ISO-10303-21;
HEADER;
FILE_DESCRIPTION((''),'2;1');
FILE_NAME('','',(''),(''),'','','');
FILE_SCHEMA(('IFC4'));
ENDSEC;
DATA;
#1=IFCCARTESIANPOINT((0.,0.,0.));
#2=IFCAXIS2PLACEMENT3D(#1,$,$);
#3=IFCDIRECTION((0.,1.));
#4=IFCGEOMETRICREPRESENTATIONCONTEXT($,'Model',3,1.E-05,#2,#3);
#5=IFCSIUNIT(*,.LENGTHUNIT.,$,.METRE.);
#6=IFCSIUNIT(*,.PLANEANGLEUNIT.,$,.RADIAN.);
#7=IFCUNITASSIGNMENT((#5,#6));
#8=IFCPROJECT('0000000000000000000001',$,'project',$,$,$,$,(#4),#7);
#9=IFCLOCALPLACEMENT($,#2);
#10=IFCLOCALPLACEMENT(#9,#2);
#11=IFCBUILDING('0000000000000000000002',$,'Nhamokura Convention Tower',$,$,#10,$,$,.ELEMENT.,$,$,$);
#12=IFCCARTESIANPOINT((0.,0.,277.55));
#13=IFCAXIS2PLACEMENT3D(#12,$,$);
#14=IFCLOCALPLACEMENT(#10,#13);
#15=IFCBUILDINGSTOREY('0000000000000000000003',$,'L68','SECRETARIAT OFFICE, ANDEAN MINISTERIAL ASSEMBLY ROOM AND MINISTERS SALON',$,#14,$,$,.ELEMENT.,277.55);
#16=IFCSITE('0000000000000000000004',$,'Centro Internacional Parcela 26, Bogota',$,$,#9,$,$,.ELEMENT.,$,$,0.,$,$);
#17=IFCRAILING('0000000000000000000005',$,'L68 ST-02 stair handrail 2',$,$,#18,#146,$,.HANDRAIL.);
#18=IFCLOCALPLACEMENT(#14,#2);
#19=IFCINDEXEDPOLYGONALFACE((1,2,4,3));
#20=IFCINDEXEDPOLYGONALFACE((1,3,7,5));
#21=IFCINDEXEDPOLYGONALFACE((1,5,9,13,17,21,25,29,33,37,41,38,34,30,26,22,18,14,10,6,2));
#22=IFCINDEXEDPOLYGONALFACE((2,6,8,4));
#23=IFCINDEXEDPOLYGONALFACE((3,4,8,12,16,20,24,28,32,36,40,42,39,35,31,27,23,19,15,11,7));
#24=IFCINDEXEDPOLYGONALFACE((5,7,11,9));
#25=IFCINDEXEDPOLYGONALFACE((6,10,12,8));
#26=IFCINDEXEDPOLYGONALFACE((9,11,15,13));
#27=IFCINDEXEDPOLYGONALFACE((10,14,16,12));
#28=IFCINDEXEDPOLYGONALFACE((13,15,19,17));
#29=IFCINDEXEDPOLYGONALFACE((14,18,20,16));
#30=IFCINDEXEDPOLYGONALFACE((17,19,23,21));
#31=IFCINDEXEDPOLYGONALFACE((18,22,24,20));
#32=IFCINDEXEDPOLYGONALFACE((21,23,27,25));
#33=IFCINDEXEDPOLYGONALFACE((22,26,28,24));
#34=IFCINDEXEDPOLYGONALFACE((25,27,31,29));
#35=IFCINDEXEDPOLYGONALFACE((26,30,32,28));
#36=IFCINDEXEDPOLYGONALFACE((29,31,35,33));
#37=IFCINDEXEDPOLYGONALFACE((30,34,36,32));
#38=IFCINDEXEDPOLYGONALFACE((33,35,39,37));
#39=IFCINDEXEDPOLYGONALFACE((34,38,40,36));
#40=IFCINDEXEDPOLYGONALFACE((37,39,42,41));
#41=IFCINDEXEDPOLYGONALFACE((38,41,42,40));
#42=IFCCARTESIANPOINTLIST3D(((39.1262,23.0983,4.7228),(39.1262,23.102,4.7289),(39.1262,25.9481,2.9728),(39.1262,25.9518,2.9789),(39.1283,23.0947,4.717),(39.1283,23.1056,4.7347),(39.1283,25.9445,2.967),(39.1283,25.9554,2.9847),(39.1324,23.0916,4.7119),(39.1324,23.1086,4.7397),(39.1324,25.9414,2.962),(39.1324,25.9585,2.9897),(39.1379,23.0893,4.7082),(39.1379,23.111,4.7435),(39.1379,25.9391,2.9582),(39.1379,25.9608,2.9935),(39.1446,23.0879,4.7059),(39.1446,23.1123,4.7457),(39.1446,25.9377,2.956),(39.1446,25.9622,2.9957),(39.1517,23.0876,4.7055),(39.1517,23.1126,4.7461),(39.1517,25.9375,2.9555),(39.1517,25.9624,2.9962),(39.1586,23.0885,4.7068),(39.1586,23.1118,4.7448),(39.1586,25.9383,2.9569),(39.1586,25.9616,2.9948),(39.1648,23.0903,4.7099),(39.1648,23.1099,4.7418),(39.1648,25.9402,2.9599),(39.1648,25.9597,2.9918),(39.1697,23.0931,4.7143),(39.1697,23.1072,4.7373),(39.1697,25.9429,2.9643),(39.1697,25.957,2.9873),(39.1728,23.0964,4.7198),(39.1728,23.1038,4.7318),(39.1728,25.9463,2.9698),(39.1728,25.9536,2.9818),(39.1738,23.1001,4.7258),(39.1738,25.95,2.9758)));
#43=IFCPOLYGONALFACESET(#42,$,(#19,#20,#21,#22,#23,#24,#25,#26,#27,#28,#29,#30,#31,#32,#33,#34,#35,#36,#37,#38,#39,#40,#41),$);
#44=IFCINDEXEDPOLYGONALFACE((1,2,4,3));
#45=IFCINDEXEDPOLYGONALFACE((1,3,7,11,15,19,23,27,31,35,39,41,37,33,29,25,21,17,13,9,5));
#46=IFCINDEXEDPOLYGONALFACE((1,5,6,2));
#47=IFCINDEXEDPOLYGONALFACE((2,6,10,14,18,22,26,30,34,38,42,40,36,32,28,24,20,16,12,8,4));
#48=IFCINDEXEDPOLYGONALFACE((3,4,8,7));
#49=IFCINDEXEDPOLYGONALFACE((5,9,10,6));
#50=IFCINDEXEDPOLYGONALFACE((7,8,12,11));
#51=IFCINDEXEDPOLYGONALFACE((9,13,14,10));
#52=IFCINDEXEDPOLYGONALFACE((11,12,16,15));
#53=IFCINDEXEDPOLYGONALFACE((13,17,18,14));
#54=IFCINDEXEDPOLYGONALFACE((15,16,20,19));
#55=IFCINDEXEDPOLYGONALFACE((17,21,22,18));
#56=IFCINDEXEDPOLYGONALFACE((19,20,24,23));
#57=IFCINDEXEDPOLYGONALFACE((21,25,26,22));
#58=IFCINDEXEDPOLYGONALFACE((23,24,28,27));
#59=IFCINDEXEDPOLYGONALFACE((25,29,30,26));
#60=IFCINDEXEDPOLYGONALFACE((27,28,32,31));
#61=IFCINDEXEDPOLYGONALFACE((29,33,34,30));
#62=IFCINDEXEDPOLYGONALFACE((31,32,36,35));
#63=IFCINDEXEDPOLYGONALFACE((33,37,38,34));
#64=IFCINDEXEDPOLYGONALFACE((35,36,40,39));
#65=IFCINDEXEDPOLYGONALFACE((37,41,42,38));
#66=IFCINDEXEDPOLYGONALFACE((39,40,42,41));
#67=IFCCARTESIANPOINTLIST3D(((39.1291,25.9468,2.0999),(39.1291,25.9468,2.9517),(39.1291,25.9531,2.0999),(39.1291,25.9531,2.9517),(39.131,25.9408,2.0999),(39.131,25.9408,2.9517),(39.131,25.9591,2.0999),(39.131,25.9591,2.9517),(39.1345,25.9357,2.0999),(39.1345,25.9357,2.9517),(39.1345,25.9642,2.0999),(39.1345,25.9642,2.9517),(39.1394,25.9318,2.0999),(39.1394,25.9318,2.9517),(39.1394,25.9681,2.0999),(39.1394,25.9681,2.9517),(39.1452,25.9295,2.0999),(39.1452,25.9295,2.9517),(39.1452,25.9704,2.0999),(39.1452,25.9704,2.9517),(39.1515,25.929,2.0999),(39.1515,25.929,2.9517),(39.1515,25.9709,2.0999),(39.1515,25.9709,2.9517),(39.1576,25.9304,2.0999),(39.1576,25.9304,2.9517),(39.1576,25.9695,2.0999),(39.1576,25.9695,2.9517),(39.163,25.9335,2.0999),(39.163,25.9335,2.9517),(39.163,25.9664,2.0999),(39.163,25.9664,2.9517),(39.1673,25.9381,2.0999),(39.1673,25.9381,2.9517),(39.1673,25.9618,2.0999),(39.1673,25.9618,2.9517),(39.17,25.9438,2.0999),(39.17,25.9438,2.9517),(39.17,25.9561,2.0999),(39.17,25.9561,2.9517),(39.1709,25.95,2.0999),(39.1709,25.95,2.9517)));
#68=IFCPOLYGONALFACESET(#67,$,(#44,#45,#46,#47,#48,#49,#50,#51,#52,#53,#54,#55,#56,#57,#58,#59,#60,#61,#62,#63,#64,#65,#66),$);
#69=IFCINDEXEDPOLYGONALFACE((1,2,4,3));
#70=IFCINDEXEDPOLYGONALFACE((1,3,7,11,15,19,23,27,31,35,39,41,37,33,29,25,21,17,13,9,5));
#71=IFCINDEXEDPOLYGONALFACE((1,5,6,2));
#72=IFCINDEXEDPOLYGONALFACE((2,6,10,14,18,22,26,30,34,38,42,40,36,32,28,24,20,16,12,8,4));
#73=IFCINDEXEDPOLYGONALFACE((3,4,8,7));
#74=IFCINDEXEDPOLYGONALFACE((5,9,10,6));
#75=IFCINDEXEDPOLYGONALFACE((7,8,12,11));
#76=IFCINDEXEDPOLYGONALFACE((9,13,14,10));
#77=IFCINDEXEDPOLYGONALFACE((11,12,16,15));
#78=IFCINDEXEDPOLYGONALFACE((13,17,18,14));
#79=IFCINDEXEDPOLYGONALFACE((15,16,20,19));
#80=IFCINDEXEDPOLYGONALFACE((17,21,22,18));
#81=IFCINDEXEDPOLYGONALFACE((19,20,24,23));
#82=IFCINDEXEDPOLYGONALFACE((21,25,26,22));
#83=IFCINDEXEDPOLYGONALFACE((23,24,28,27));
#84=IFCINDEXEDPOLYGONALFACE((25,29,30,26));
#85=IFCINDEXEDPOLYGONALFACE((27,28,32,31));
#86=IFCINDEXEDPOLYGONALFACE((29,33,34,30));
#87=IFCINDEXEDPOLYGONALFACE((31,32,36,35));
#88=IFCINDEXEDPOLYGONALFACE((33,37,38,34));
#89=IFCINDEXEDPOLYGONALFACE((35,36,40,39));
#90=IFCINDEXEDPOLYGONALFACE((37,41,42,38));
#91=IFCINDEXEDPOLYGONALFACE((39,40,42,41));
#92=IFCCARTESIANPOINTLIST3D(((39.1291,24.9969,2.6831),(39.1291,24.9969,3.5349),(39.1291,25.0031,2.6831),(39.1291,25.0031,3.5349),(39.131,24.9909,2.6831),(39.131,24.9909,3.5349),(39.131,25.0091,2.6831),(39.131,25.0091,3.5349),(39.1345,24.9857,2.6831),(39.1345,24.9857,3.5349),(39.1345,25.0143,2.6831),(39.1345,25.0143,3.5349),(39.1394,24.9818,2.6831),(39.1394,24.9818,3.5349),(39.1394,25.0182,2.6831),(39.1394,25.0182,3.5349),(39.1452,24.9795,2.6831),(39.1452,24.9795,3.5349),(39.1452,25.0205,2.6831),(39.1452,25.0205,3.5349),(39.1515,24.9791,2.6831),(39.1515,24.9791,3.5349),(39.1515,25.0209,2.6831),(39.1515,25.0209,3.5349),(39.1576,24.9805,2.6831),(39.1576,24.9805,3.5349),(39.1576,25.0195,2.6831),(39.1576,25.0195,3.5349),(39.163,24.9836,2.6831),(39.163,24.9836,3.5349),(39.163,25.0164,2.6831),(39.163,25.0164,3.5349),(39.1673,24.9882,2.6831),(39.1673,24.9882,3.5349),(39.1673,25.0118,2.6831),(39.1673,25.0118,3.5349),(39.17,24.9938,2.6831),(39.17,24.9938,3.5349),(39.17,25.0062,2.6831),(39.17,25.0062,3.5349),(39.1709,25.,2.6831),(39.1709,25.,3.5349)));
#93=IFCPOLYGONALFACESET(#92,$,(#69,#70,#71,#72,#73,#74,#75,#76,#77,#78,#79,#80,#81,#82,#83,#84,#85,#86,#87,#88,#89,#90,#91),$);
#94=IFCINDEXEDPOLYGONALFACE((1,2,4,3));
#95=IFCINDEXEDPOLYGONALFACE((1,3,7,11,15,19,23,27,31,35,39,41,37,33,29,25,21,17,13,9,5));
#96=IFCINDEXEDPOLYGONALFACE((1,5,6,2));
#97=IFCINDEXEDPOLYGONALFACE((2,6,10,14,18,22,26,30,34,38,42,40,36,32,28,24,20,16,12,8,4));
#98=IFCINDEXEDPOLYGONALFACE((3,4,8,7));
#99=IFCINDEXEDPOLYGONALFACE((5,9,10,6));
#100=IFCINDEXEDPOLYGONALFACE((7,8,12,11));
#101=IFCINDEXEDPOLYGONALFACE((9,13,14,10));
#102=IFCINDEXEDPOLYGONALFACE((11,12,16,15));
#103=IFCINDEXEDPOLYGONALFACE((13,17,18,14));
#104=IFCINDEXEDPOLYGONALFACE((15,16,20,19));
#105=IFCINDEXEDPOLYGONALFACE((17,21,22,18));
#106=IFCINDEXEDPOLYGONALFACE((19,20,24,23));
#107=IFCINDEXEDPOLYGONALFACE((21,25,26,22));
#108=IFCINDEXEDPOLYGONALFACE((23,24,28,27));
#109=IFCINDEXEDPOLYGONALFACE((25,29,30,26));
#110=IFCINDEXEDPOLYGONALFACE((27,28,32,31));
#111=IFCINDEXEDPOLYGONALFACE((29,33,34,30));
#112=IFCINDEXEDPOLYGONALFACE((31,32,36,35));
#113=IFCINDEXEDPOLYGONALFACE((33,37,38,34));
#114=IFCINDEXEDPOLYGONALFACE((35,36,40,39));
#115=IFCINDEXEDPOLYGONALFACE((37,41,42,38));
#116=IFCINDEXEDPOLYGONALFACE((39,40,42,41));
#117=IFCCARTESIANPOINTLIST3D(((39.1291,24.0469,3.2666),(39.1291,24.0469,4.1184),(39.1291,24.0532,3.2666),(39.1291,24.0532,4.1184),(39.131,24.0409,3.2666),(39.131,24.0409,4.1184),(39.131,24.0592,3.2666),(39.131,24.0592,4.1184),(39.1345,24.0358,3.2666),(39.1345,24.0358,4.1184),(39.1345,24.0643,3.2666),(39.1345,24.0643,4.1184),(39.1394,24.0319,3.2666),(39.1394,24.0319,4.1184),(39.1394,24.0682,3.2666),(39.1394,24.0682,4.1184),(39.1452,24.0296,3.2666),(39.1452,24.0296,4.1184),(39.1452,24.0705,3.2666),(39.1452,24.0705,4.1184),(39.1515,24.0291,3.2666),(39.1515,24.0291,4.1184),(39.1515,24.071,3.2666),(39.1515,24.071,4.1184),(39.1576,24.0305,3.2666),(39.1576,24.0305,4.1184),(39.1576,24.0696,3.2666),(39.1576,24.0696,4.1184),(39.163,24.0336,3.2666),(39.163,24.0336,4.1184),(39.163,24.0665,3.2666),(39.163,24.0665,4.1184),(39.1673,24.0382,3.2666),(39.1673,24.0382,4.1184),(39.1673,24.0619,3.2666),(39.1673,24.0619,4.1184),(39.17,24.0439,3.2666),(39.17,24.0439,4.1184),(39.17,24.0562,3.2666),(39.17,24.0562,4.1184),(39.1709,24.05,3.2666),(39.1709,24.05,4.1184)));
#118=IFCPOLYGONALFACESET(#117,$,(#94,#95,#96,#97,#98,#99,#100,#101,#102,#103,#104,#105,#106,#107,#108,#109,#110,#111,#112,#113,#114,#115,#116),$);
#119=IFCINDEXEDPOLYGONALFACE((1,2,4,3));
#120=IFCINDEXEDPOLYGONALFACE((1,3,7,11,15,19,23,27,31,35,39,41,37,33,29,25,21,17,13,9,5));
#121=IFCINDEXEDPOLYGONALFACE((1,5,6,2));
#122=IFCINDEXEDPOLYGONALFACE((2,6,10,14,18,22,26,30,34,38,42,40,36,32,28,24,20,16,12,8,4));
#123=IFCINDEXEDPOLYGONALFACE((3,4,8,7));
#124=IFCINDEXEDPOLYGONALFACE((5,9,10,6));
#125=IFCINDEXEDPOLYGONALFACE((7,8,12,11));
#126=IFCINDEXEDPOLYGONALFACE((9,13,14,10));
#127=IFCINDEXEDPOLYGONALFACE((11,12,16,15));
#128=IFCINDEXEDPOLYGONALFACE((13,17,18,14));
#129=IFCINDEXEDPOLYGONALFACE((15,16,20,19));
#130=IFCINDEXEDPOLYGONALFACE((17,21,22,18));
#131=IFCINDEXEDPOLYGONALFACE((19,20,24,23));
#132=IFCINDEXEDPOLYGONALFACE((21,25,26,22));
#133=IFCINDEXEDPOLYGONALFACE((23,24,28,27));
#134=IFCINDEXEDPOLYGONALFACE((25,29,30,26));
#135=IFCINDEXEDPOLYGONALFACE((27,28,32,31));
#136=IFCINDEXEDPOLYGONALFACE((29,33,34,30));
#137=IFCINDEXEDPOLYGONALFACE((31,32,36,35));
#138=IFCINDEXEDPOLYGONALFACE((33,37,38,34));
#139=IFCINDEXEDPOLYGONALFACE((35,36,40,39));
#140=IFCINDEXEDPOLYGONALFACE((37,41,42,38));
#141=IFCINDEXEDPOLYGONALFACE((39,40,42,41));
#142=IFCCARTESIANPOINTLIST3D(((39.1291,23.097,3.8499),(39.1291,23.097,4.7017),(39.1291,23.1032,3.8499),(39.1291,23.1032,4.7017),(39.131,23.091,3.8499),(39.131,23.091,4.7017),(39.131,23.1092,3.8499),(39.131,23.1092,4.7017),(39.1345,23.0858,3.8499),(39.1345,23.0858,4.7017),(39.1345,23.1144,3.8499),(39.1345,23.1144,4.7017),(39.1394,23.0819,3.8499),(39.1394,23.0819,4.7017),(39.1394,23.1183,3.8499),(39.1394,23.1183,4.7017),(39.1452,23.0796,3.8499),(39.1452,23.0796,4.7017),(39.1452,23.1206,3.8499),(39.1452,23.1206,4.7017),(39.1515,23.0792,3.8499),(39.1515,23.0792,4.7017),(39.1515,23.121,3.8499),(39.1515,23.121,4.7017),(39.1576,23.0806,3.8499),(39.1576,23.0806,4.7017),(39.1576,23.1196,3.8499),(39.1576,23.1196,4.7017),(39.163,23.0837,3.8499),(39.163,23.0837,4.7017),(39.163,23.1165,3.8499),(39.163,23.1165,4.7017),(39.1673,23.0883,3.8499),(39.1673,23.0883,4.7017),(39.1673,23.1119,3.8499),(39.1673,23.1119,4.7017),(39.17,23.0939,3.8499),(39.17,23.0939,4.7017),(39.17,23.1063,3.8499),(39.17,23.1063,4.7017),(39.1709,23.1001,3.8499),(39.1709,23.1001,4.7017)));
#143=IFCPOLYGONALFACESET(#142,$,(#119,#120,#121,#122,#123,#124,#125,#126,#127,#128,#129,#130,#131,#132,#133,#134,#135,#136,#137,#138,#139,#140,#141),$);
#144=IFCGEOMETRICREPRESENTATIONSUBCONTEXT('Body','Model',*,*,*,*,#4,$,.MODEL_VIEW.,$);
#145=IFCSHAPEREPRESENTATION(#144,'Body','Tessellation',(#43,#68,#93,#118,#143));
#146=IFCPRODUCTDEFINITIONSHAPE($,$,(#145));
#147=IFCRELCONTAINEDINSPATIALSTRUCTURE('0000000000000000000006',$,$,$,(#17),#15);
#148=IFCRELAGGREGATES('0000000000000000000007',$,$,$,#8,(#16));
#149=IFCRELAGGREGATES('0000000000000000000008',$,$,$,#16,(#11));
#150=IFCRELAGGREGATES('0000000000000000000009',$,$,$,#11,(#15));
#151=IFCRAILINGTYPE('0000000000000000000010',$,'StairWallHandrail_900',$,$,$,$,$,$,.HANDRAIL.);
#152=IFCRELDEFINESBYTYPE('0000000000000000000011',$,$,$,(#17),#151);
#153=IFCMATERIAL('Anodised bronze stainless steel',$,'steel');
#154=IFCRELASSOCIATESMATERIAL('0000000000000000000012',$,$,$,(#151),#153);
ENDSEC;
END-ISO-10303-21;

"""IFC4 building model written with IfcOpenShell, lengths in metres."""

from ifc_helpers import new_model, si_unit, direction, frame, origin, origin_2d, place, context, subcontext, project, spatial, circle, extrude, material, type_object, element, save


model = new_model("IFC4")

# Units and contexts
model_context = context("Model", 3, precision=1e-05, world=origin(), true_north=direction((0.0, 1.0)))
body_context = subcontext(model_context, "Body", "Model", "MODEL_VIEW")
ifc_project = project(units=[si_unit("LENGTHUNIT", "METRE"), si_unit("PLANEANGLEUNIT", "RADIAN")], contexts=[model_context])

# Site, building, storey
site_placement = place(None, origin())
site = spatial("IfcSite", under=ifc_project, at=site_placement, Name="Centro Internacional Parcela 26, Bogota", CompositionType="ELEMENT", RefElevation=0.0)
building_placement = place(site_placement, origin())
building = spatial("IfcBuilding", under=site, at=building_placement, Name="Nhamokura Convention Tower", CompositionType="ELEMENT")
storey_placement = place(building_placement, frame((0.0, 0.0, 277.55)))
storey = spatial("IfcBuildingStorey", under=building, at=storey_placement, Name="L68", Description="SECRETARIAT OFFICE, ANDEAN MINISTERIAL ASSEMBLY ROOM AND MINISTERS SALON", CompositionType="ELEMENT", Elevation=277.55)

# Railing
ifc_material_1 = material(Name="Anodised bronze stainless steel", Category="steel")
railing_type_1 = type_object("IfcRailingType", Name="StairWallHandrail_900", PredefinedType="HANDRAIL", material=ifc_material_1)
railing_1_placement = place(storey_placement, frame((39.1499, 25.95, 2.0999)))
element("IfcRailing", 1, at=railing_1_placement, inside=storey, type_object=railing_type_1, Name="L68 ST-02 stair handrail 2", PredefinedType="HANDRAIL", context=body_context, shape_type="SweptSolid", body=[
    extrude(circle(Radius=0.0239, at=origin_2d()), frame((0.0, 0.0, 0.876), z_axis=(0.0, -0.852159, 0.523283), x_axis=(1.0, 0.0, 0.0)), (0.0, 0.0, 1.0), 3.3442),
    extrude(circle(Radius=0.021, at=origin_2d()), origin(), (0.0, 0.0, 1.0), 0.8518),
    extrude(circle(Radius=0.021, at=origin_2d()), frame((0.0, -0.95, 0.5833)), (0.0, 0.0, 1.0), 0.8518),
    extrude(circle(Radius=0.021, at=origin_2d()), frame((0.0, -1.8999, 1.1667)), (0.0, 0.0, 1.0), 0.8518),
    extrude(circle(Radius=0.021, at=origin_2d()), frame((0.0, -2.8499, 1.75)), (0.0, 0.0, 1.0), 0.8518),
])

save(model, "model.ifc")
